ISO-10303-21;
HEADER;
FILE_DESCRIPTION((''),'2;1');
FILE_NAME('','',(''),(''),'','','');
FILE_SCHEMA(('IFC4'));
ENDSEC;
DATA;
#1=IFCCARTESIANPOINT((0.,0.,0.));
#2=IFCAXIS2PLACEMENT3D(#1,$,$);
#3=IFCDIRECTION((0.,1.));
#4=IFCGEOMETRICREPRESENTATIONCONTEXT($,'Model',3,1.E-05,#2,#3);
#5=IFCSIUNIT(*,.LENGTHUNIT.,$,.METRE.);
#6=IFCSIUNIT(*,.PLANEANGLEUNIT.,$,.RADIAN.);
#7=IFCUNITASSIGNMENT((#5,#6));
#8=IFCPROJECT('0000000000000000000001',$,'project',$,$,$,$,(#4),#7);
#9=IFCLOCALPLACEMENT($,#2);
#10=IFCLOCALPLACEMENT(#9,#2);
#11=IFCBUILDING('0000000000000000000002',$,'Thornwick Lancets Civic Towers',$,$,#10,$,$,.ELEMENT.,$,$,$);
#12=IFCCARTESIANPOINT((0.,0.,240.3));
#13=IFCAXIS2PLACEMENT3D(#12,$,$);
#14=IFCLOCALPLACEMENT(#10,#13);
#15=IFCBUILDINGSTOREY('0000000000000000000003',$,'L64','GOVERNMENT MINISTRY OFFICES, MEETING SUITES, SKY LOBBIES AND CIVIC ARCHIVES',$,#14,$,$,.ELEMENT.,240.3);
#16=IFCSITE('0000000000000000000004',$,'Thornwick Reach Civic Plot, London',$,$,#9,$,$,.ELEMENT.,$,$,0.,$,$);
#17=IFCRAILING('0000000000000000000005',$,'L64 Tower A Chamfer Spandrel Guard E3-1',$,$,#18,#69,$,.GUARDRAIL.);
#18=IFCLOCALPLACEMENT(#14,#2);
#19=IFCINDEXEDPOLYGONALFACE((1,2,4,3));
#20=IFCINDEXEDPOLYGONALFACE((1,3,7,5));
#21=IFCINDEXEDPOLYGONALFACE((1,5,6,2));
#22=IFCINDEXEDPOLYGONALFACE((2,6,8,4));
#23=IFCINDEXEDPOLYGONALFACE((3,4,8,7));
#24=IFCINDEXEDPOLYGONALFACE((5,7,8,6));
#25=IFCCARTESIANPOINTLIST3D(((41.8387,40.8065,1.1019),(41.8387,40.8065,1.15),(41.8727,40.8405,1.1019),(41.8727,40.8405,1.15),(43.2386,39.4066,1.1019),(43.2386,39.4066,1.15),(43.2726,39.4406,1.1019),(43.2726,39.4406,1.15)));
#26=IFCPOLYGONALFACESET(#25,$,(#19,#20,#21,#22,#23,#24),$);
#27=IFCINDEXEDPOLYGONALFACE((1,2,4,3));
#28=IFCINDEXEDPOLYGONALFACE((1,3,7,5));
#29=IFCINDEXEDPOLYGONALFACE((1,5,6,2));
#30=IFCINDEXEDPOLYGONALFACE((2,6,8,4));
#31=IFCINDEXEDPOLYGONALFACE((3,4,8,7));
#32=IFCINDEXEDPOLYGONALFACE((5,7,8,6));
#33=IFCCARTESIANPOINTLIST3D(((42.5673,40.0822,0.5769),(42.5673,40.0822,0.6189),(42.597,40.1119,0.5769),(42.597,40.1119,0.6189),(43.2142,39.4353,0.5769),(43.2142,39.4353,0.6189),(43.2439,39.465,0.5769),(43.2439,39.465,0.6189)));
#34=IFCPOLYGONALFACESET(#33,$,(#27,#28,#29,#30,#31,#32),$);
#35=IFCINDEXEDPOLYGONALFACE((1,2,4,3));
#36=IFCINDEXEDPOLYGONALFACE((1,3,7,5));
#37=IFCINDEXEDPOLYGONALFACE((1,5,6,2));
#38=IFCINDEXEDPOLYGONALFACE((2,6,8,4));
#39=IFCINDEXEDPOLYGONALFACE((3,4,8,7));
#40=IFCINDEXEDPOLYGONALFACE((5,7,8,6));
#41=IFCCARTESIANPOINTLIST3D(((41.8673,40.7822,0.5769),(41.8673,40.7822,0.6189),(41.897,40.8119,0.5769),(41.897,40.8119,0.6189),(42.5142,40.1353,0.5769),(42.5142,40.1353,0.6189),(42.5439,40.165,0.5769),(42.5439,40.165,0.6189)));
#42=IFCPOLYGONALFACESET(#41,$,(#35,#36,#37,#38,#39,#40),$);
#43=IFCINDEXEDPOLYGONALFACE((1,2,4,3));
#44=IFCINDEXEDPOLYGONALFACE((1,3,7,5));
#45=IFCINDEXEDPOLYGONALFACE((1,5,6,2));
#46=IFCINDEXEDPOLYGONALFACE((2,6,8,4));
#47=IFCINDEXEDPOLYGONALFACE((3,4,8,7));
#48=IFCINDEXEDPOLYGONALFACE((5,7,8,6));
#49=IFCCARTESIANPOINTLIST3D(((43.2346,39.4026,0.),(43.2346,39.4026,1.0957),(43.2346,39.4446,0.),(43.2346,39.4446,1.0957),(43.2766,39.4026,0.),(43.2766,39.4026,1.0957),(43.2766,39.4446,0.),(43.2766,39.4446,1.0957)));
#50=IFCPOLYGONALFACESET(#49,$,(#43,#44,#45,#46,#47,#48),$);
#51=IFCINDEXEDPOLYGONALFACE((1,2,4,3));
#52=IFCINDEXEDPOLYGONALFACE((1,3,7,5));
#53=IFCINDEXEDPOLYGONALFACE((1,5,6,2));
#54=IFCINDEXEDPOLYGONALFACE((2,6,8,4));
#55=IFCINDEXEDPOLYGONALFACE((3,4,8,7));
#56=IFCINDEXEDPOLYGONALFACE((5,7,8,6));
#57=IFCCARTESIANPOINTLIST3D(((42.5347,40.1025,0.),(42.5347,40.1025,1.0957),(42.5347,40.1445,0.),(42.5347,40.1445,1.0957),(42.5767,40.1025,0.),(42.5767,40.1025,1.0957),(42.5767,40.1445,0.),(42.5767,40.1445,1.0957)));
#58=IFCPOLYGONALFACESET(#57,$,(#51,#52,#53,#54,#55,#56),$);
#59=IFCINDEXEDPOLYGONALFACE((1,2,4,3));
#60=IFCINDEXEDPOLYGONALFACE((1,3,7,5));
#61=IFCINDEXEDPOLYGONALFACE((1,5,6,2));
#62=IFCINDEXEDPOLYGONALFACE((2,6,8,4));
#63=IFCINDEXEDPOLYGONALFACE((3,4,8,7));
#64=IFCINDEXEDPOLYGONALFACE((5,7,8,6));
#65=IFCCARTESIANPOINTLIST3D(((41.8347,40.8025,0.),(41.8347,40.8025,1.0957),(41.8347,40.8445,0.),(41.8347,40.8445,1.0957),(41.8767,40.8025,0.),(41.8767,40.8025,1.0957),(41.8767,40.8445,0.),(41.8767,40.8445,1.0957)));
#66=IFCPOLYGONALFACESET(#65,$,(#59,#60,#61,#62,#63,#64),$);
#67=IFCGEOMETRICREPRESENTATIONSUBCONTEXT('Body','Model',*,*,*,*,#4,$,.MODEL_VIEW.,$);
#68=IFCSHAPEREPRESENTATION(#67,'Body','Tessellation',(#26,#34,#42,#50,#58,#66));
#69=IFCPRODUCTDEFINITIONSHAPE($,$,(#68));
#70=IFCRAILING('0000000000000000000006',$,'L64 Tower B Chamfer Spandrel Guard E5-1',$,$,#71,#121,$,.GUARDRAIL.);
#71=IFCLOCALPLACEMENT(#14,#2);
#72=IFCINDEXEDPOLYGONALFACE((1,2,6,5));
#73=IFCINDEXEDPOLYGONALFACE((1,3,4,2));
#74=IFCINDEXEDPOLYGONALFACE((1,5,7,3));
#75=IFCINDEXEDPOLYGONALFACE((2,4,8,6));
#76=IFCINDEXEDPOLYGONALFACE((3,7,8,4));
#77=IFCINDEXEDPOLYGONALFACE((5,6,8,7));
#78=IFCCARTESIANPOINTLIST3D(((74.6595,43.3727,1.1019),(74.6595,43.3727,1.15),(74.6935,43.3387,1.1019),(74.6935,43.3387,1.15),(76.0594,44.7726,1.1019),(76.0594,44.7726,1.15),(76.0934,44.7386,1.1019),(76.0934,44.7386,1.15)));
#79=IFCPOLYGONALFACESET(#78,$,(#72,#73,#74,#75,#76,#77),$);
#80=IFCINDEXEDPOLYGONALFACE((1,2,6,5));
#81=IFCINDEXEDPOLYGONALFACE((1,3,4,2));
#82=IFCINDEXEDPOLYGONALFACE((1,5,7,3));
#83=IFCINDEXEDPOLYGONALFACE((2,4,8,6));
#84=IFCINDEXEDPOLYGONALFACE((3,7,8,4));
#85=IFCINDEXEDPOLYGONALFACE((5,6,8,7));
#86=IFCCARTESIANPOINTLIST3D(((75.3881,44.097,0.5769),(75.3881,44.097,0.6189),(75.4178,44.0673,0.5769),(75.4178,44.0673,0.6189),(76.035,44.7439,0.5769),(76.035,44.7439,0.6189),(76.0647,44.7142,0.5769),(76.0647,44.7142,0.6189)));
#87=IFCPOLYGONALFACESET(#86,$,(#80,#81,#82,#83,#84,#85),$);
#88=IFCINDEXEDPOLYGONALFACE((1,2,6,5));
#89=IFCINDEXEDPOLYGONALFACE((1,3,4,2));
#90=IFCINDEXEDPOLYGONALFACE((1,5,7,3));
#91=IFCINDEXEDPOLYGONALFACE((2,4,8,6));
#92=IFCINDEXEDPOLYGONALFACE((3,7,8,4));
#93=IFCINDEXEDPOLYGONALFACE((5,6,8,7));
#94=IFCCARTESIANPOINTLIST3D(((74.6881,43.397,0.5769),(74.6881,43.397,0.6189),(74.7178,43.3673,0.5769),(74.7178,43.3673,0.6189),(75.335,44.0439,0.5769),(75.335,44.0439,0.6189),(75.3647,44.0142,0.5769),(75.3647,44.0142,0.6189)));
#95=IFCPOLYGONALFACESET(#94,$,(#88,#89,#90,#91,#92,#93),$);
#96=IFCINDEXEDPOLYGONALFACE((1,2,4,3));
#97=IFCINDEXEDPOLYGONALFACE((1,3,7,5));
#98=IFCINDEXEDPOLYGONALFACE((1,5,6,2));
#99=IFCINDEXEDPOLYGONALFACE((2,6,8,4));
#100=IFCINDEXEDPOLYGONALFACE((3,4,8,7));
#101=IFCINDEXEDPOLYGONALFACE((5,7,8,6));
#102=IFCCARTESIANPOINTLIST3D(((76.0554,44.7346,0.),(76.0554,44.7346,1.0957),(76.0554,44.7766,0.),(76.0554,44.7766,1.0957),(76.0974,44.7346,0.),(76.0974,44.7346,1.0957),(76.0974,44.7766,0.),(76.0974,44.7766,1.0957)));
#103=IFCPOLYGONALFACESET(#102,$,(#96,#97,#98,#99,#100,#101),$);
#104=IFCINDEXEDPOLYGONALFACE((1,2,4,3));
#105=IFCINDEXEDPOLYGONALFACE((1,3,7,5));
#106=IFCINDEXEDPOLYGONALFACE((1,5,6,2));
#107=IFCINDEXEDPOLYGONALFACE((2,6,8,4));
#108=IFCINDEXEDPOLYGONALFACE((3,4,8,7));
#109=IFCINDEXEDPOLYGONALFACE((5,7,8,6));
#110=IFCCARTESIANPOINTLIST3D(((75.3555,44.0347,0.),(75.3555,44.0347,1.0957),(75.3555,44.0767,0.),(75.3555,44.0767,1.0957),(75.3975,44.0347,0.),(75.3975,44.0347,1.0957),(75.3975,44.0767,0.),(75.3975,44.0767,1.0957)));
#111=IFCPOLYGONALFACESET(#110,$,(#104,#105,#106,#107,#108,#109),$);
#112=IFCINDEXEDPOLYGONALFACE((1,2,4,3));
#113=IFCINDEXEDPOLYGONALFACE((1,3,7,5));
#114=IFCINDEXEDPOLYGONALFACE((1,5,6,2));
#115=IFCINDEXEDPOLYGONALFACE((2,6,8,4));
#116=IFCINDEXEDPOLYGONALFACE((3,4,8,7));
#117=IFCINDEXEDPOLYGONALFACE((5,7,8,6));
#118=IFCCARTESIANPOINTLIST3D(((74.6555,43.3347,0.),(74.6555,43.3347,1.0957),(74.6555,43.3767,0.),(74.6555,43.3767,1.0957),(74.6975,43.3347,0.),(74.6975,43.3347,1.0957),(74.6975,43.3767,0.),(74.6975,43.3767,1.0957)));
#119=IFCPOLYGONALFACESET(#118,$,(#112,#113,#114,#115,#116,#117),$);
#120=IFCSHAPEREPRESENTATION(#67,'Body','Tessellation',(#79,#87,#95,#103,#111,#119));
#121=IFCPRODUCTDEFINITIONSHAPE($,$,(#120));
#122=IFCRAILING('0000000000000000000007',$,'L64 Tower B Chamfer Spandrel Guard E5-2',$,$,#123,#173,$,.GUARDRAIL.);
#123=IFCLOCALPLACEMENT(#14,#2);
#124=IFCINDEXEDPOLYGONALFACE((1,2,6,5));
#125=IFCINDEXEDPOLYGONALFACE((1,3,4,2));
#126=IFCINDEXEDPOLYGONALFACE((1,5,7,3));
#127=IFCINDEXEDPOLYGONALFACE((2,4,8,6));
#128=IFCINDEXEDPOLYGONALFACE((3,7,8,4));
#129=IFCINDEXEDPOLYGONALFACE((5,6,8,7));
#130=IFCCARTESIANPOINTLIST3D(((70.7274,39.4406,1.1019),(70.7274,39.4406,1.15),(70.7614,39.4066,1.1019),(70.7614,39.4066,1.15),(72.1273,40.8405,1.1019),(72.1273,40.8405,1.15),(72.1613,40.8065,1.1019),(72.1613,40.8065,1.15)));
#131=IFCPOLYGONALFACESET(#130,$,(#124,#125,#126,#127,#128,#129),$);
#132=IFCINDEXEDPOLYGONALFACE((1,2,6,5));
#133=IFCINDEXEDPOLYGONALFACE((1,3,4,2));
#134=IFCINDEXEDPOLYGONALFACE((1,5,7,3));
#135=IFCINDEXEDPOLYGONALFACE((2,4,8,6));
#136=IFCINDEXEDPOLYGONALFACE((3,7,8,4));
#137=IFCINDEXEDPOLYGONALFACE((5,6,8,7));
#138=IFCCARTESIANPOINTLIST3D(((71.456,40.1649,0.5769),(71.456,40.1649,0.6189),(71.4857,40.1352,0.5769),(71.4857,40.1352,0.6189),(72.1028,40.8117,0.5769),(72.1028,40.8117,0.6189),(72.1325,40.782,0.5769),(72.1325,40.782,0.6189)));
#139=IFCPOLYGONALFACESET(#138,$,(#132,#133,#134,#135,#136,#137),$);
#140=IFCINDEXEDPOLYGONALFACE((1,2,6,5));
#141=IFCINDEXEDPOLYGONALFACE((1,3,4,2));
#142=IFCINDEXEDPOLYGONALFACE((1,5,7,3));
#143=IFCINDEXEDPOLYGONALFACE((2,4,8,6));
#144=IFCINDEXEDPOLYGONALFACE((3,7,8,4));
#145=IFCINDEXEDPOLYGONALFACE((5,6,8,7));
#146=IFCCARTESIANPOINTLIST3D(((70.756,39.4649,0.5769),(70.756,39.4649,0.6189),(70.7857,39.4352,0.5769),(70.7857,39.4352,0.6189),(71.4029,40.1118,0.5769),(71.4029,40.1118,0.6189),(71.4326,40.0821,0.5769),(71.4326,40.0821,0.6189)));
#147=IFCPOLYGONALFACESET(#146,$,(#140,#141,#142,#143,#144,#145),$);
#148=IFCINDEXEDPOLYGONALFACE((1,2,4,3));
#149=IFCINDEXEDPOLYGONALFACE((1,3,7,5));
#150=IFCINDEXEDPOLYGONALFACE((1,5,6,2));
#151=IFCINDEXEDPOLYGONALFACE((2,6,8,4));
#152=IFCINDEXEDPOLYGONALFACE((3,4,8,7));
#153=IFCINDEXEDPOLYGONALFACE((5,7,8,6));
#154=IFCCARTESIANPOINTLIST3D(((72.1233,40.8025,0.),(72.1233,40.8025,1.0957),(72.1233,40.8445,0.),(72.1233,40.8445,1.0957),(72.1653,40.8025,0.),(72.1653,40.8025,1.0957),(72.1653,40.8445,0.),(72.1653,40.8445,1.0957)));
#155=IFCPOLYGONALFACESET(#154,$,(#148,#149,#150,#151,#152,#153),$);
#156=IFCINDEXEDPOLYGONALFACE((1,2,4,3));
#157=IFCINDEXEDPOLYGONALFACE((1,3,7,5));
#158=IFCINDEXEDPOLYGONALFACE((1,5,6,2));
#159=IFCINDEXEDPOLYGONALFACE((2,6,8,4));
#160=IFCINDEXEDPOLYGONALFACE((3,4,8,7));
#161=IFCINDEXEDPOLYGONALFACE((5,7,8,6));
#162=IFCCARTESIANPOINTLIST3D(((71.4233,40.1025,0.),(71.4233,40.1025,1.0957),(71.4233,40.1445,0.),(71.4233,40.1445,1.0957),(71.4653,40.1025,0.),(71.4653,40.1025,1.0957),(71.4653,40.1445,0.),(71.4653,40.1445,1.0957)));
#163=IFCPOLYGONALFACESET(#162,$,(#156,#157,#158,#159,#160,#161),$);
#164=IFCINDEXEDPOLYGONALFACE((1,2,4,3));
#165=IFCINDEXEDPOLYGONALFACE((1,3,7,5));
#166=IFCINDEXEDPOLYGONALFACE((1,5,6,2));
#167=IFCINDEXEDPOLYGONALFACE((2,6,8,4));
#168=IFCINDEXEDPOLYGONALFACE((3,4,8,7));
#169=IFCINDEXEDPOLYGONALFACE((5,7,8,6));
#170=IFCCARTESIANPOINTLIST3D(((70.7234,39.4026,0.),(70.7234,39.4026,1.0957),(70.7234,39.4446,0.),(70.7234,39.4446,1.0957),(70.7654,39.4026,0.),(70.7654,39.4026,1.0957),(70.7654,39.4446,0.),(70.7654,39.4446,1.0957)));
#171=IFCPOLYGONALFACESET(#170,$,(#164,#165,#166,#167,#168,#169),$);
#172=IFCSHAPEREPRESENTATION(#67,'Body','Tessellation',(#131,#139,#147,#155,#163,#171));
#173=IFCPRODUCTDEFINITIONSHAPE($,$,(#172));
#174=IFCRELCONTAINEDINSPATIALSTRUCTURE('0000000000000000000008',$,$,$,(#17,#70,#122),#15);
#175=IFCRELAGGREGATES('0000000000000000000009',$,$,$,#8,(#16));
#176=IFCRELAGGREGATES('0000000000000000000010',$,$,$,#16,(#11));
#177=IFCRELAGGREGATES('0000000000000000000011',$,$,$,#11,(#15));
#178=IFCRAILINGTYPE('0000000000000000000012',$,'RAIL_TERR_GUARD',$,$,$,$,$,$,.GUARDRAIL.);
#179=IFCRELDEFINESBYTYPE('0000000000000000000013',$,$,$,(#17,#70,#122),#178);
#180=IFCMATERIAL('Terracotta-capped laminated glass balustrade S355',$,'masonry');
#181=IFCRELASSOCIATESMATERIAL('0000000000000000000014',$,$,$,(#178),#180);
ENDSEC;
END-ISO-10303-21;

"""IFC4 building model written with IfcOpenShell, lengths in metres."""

from ifc_helpers import new_model, si_unit, direction, frame, origin, origin_2d, place, context, subcontext, project, spatial, rectangle, extrude, material, type_object, element, save


model = new_model("IFC4")

# Units and contexts
model_context = context("Model", 3, precision=1e-05, world=origin(), true_north=direction((0.0, 1.0)))
body_context = subcontext(model_context, "Body", "Model", "MODEL_VIEW")
ifc_project = project(units=[si_unit("LENGTHUNIT", "METRE"), si_unit("PLANEANGLEUNIT", "RADIAN")], contexts=[model_context])

# Site, building, storey
site_placement = place(None, origin())
site = spatial("IfcSite", under=ifc_project, at=site_placement, Name="Thornwick Reach Civic Plot, London", CompositionType="ELEMENT", RefElevation=0.0)
building_placement = place(site_placement, origin())
building = spatial("IfcBuilding", under=site, at=building_placement, Name="Thornwick Lancets Civic Towers", CompositionType="ELEMENT")
storey_placement = place(building_placement, frame((0.0, 0.0, 240.3)))
storey = spatial("IfcBuildingStorey", under=building, at=storey_placement, Name="L64", Description="GOVERNMENT MINISTRY OFFICES, MEETING SUITES, SKY LOBBIES AND CIVIC ARCHIVES", CompositionType="ELEMENT", Elevation=240.3)

# Railings
ifc_material_1 = material(Name="Terracotta-capped laminated glass balustrade S355", Category="masonry")
railing_type_1 = type_object("IfcRailingType", Name="RAIL_TERR_GUARD", PredefinedType="GUARDRAIL", material=ifc_material_1)
railing_1_placement = place(storey_placement, frame((43.2556, 39.4236, 0.0)))
element("IfcRailing", 1, at=railing_1_placement, inside=storey, type_object=railing_type_1, Name="L64 Tower A Chamfer Spandrel Guard E3-1", PredefinedType="GUARDRAIL", context=body_context, shape_type="SweptSolid", body=[
    extrude(rectangle(XDim=0.0481, YDim=0.0481, at=origin_2d()), frame((0.0, 0.0, 1.126), z_axis=(-0.707107, 0.707107, 0.0), x_axis=(-0.707107, -0.707107, 0.0)), (0.0, 0.0, 1.0), 1.9797),
    extrude(rectangle(XDim=0.042, YDim=0.042, at=origin_2d()), frame((-0.0266, 0.0266, 0.5979), z_axis=(-0.707107, 0.707107, 0.0), x_axis=(-0.707107, -0.707107, 0.0)), (0.0, 0.0, 1.0), 0.9148),
    extrude(rectangle(XDim=0.042, YDim=0.042, at=origin_2d()), frame((-0.7266, 0.7266, 0.5979), z_axis=(-0.707107, 0.707107, 0.0), x_axis=(-0.707107, -0.707107, 0.0)), (0.0, 0.0, 1.0), 0.9148),
    extrude(rectangle(XDim=0.042, YDim=0.042, at=origin_2d()), origin(), (0.0, 0.0, 1.0), 1.0957),
    extrude(rectangle(XDim=0.042, YDim=0.042, at=origin_2d()), frame((-0.7, 0.7, 0.0)), (0.0, 0.0, 1.0), 1.0957),
    extrude(rectangle(XDim=0.042, YDim=0.042, at=origin_2d()), frame((-1.3999, 1.3999, 0.0)), (0.0, 0.0, 1.0), 1.0957),
])
for number, where, name in (
    (2, (76.0764, 44.7556, 0.0), "L64 Tower B Chamfer Spandrel Guard E5-1"),
    (3, (72.1443, 40.8235, 0.0), "L64 Tower B Chamfer Spandrel Guard E5-2"),
):
    element("IfcRailing", number, at=place(storey_placement, frame(where)), inside=storey, type_object=railing_type_1, Name=name, PredefinedType="GUARDRAIL", context=body_context, shape_type="SweptSolid", body=[
        extrude(rectangle(XDim=0.0481, YDim=0.0481, at=origin_2d()), frame((0.0, 0.0, 1.126), z_axis=(-0.707107, -0.707107, 0.0), x_axis=(0.707107, -0.707107, 0.0)), (0.0, 0.0, 1.0), 1.9797),
        extrude(rectangle(XDim=0.042, YDim=0.042, at=origin_2d()), frame((-0.0266, -0.0266, 0.5979), z_axis=(-0.707107, -0.707107, 0.0), x_axis=(0.707107, -0.707107, 0.0)), (0.0, 0.0, 1.0), 0.9148),
        extrude(rectangle(XDim=0.042, YDim=0.042, at=origin_2d()), frame((-0.7266, -0.7266, 0.5979), z_axis=(-0.707107, -0.707107, 0.0), x_axis=(0.707107, -0.707107, 0.0)), (0.0, 0.0, 1.0), 0.9148),
        extrude(rectangle(XDim=0.042, YDim=0.042, at=origin_2d()), origin(), (0.0, 0.0, 1.0), 1.0957),
        extrude(rectangle(XDim=0.042, YDim=0.042, at=origin_2d()), frame((-0.7, -0.7, 0.0)), (0.0, 0.0, 1.0), 1.0957),
        extrude(rectangle(XDim=0.042, YDim=0.042, at=origin_2d()), frame((-1.3999, -1.3999, 0.0)), (0.0, 0.0, 1.0), 1.0957),
    ])

save(model, "model.ifc")
